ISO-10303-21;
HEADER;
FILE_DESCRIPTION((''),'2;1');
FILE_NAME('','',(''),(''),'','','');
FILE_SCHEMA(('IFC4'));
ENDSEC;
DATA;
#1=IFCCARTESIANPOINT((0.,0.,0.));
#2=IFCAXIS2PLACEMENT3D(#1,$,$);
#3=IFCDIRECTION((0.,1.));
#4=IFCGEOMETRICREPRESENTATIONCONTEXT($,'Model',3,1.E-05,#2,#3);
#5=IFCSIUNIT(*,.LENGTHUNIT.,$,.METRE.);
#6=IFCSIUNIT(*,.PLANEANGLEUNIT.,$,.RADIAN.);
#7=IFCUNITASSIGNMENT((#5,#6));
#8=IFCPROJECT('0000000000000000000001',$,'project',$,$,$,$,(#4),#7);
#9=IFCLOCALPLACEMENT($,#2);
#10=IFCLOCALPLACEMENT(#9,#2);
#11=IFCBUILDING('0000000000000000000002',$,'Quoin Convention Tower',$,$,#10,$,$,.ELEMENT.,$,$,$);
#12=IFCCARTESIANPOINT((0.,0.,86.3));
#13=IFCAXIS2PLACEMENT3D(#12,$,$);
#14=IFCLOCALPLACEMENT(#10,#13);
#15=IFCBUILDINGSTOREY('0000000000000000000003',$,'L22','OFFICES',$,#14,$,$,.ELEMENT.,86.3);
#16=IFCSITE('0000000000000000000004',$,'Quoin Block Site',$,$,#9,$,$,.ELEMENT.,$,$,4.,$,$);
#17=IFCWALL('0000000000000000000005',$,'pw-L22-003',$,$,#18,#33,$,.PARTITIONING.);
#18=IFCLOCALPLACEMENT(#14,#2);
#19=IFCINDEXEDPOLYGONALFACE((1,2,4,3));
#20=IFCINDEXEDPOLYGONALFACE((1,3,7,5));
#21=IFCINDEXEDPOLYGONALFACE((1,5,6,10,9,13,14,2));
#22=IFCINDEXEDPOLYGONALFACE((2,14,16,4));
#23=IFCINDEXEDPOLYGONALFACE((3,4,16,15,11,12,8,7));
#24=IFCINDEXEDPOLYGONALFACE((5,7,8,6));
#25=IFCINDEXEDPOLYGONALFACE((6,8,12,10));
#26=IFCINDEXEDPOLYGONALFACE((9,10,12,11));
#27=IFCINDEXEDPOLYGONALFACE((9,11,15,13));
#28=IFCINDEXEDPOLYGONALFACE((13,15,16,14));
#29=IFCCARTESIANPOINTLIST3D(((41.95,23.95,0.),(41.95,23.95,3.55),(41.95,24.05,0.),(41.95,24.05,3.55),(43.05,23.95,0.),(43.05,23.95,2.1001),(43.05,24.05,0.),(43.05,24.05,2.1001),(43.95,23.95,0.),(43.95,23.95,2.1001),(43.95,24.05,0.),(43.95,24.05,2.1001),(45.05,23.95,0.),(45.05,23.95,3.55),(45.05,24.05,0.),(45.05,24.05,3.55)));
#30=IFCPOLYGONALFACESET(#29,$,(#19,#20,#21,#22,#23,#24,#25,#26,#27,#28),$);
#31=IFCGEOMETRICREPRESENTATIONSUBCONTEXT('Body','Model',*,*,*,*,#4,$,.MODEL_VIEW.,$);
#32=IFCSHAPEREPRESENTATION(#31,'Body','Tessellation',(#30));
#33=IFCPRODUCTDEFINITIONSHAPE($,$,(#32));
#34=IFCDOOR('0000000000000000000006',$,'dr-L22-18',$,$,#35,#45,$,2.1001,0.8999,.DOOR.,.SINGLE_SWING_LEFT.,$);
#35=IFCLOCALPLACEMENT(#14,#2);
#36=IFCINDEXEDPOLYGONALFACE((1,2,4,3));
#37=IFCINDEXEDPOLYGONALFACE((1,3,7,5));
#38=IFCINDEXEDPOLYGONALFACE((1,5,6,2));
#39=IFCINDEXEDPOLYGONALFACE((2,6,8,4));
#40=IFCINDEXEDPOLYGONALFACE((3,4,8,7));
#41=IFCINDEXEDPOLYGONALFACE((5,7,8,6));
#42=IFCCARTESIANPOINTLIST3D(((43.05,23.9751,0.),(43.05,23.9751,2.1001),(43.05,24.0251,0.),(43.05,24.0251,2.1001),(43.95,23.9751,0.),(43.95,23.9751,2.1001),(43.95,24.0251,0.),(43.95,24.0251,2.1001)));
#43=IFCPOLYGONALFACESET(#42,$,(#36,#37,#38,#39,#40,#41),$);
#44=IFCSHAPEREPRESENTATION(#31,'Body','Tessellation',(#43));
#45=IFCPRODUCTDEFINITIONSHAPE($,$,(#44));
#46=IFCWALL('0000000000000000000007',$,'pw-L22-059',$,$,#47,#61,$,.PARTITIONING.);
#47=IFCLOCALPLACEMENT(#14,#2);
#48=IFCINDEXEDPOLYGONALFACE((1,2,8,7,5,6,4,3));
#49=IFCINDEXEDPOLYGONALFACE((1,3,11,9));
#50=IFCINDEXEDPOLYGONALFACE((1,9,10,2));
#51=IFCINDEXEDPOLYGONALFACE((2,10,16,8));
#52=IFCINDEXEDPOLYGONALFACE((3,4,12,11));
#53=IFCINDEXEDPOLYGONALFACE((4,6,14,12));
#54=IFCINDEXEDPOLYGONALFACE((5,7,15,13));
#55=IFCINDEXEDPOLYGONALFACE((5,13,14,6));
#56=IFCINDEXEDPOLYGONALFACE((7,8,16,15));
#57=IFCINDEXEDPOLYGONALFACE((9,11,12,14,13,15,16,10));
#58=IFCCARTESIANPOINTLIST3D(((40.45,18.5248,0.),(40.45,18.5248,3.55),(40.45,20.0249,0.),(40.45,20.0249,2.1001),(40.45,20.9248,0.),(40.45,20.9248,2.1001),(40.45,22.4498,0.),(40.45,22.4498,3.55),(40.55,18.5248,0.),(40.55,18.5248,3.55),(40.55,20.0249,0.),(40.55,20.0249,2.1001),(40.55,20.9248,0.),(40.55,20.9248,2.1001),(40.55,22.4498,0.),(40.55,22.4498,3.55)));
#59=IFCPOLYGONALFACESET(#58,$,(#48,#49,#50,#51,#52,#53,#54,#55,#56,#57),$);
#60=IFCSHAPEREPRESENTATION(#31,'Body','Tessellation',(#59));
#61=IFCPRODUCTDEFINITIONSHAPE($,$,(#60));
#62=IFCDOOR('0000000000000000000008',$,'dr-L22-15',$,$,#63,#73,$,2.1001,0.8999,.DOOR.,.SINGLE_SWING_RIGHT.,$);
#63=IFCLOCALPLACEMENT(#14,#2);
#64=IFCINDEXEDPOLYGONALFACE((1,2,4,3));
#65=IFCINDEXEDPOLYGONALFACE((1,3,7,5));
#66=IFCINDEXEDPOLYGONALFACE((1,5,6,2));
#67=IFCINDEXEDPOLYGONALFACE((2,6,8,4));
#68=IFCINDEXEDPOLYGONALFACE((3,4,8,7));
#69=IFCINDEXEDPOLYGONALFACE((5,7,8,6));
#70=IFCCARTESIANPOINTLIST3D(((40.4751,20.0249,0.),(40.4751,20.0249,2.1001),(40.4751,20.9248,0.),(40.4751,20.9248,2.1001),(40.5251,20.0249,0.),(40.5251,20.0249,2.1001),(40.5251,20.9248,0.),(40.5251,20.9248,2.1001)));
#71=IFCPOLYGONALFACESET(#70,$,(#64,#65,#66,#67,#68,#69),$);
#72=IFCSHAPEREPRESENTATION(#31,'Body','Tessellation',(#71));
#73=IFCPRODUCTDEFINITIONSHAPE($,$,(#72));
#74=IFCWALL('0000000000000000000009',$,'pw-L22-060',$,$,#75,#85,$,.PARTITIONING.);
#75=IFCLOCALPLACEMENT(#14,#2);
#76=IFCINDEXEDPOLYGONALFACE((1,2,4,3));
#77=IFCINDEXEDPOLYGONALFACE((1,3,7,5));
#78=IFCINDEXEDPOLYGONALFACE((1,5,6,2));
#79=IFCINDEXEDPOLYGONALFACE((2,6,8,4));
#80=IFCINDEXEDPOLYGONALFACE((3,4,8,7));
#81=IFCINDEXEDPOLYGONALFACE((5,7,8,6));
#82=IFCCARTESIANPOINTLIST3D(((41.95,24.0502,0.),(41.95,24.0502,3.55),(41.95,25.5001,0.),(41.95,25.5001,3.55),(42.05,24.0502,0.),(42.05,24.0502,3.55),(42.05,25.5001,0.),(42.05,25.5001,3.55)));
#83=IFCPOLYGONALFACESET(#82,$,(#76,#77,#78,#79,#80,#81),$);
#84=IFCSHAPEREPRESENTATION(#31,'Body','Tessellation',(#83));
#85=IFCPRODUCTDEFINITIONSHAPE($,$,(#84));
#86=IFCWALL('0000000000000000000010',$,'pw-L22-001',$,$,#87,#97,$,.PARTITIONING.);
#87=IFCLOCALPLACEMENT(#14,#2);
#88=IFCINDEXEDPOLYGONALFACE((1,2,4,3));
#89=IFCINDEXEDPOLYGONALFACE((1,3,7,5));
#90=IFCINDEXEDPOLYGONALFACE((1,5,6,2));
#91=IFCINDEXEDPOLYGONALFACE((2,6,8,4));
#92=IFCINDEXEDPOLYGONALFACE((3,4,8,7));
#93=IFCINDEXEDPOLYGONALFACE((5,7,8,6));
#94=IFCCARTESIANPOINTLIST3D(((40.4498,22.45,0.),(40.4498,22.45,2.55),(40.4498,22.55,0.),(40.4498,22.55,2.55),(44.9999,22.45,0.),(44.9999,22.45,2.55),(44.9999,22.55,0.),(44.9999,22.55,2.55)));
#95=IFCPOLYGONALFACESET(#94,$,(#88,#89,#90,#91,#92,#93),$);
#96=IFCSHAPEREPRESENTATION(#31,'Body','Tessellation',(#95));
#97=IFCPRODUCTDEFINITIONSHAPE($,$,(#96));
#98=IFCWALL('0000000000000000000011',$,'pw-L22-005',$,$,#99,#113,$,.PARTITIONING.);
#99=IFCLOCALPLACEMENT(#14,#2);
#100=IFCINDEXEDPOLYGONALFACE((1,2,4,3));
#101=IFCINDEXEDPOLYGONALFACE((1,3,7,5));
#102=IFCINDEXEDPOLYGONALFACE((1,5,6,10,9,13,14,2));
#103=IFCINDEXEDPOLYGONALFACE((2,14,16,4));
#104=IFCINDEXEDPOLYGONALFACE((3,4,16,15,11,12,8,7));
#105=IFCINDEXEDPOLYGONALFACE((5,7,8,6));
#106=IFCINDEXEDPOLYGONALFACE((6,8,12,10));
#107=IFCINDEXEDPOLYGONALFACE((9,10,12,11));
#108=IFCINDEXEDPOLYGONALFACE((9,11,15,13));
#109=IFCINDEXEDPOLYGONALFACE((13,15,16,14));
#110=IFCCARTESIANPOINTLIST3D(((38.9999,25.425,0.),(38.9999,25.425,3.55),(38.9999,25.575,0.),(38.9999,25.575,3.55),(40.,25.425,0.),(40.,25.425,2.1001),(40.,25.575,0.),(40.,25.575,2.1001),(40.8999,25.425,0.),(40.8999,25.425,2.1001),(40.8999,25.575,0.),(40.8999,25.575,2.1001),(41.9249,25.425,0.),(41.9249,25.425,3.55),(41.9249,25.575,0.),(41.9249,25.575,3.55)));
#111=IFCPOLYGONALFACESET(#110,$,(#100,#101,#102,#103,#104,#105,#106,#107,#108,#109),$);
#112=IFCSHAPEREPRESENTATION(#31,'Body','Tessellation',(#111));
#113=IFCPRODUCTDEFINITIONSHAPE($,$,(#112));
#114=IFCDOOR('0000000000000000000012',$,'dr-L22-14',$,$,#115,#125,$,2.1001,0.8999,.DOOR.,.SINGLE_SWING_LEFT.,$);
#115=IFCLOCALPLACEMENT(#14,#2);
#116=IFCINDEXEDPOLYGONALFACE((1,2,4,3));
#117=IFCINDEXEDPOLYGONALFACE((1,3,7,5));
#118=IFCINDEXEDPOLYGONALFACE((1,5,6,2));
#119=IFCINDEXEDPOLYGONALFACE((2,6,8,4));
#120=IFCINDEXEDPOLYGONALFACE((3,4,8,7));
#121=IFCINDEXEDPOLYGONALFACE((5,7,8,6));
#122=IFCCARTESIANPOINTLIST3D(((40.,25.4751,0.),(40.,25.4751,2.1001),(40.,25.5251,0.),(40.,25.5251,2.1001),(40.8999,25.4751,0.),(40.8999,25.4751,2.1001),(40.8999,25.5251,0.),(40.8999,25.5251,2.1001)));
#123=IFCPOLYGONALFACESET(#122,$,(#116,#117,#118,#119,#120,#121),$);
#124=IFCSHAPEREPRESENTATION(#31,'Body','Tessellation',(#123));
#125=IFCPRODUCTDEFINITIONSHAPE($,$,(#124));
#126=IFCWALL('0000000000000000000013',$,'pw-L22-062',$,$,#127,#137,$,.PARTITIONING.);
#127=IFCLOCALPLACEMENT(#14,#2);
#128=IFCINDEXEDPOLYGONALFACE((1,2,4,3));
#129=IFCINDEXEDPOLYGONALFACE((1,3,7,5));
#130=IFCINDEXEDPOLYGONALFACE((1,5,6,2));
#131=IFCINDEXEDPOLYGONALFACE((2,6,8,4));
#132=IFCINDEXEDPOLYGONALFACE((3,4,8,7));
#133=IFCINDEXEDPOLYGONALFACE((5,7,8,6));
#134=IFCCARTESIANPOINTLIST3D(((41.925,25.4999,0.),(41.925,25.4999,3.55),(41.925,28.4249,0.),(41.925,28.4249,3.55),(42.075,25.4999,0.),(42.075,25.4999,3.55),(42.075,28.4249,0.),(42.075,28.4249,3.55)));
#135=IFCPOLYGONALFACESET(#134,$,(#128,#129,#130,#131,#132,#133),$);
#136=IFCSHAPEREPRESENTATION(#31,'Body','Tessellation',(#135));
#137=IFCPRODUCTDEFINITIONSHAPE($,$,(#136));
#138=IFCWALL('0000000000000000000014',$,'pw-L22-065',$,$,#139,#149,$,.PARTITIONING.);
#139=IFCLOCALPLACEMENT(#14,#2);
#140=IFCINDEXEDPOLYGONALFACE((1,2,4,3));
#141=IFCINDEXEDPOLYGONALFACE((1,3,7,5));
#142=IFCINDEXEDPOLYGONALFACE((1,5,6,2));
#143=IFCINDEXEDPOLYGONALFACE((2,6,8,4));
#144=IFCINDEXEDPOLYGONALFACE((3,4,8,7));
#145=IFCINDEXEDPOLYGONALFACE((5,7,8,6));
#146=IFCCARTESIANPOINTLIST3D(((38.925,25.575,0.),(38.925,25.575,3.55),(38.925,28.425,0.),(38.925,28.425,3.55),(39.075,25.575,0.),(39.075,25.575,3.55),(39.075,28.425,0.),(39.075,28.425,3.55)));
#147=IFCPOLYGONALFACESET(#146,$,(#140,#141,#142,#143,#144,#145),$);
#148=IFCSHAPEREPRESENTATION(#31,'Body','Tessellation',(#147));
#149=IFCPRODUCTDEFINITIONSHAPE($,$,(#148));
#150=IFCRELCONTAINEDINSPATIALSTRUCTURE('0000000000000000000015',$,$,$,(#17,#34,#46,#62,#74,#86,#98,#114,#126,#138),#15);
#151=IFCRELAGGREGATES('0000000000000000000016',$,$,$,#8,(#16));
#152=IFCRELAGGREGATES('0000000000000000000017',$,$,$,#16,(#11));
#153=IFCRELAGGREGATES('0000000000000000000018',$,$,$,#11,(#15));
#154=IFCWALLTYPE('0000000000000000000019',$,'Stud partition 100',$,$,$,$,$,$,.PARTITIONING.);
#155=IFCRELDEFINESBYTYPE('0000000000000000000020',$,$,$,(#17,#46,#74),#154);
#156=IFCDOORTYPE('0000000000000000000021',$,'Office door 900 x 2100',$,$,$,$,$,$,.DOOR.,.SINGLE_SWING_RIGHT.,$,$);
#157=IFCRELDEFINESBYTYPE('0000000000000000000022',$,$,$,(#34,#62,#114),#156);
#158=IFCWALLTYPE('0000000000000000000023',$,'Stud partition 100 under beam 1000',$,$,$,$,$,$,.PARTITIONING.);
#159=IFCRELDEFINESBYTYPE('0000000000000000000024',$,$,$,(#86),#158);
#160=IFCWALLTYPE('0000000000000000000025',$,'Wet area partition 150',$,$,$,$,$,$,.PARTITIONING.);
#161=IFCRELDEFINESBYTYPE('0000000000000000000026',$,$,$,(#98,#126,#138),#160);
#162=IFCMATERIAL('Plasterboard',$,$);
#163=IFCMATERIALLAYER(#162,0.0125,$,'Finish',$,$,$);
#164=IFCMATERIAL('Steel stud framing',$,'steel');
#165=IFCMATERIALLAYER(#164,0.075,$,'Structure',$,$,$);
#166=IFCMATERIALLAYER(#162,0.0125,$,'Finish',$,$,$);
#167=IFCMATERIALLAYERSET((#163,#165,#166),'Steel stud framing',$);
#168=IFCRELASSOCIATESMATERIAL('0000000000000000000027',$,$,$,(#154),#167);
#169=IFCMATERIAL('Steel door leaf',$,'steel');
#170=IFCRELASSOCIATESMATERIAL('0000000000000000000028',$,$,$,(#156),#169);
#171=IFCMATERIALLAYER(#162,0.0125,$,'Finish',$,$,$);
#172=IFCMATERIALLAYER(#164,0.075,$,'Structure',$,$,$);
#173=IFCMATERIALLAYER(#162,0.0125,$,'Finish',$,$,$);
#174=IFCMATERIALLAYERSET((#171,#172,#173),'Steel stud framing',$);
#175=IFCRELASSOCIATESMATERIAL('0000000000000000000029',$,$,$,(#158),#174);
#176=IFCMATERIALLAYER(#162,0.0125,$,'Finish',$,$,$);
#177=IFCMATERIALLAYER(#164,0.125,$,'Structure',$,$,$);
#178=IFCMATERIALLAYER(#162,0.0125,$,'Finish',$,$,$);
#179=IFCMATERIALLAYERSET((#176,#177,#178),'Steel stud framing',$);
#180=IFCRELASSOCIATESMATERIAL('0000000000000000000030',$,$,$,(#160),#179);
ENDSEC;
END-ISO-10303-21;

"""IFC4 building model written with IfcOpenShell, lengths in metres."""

from ifc_helpers import new_model, si_unit, direction, frame, frame_2d, origin, place, context, subcontext, project, spatial, rectangle, extrude, material, layer, layer_set, type_object, element, fill, save


model = new_model("IFC4")

# Units and contexts
model_context = context("Model", 3, precision=1e-05, world=origin(), true_north=direction((0.0, 1.0)))
body_context = subcontext(model_context, "Body", "Model", "MODEL_VIEW")
ifc_project = project(units=[si_unit("LENGTHUNIT", "METRE"), si_unit("PLANEANGLEUNIT", "RADIAN")], contexts=[model_context])

# Site, building, storey
site_placement = place(None, origin())
site = spatial("IfcSite", under=ifc_project, at=site_placement, Name="Quoin Block Site", CompositionType="ELEMENT", RefElevation=4.0)
building_placement = place(site_placement, origin())
building = spatial("IfcBuilding", under=site, at=building_placement, Name="Quoin Convention Tower", CompositionType="ELEMENT")
storey_placement = place(building_placement, frame((0.0, 0.0, 86.3)))
storey = spatial("IfcBuildingStorey", under=building, at=storey_placement, Name="L22", Description="OFFICES", CompositionType="ELEMENT", Elevation=86.3)

# Shared definitions
ifc_material_1 = material(Name="Plasterboard")
ifc_material_2 = material(Name="Steel stud framing", Category="steel")

# Walls, openings, doors
ifc_material_3 = material(Name="Steel door leaf", Category="steel")
ifc_layer_1 = layer(ifc_material_1, 0.0125, Name="Finish")
ifc_layer_2 = layer(ifc_material_2, 0.075, Name="Structure")
ifc_layer_3 = layer(ifc_material_1, 0.0125, Name="Finish")
ifc_layer_set_1 = layer_set([ifc_layer_1, ifc_layer_2, ifc_layer_3], Name="Steel stud framing")
wall_type_1 = type_object("IfcWallType", Name="Stud partition 100", PredefinedType="PARTITIONING", material=ifc_layer_set_1)
wall_1_placement = place(storey_placement, frame((41.95, 24.0, 0.0), z_axis=(0.0, 0.0, 1.0), x_axis=(1.0, 0.0, 0.0)))
wall_1 = element("IfcWall", 1, at=wall_1_placement, inside=storey, type_object=wall_type_1, Name="pw-L22-003", PredefinedType="PARTITIONING", context=body_context, shape_type="SweptSolid", body=[
    extrude(rectangle(XDim=3.1001, YDim=0.1001, at=frame_2d((1.55, 0.0))), origin(), (0.0, 0.0, 1.0), 3.55),
])
opening_1_placement = place(wall_1_placement, frame((1.1001, 0.0, 0.0)))
opening_1 = element("IfcOpeningElement", 2, at=opening_1_placement, cuts=wall_1, PredefinedType="OPENING", context=body_context, shape_type="SweptSolid", body=[
    extrude(rectangle(XDim=0.8999, YDim=2.1001, at=frame_2d((0.45, 1.05))), frame((0.0, 0.0601, 0.0), z_axis=(0.0, -1.0, 0.0), x_axis=(1.0, 0.0, 0.0)), (0.0, 0.0, 1.0), 0.1201),
])
door_type_1 = type_object("IfcDoorType", Name="Office door 900 x 2100", OperationType="SINGLE_SWING_RIGHT", PredefinedType="DOOR", material=ifc_material_3)
door_1_placement = place(opening_1_placement, frame((0.8999, 0.0, 0.0), z_axis=(0.0, 0.0, 1.0), x_axis=(-1.0, 0.0, 0.0)))
door_1 = element("IfcDoor", 3, at=door_1_placement, inside=storey, type_object=door_type_1, Name="dr-L22-18", OperationType="SINGLE_SWING_LEFT", OverallHeight=2.1001, OverallWidth=0.8999, PredefinedType="DOOR", context=body_context, shape_type="SweptSolid", body=[
    extrude(rectangle(XDim=0.8999, YDim=2.1001, at=frame_2d((0.45, 1.05))), frame((0.0, 0.0249, 0.0), z_axis=(0.0, -1.0, 0.0), x_axis=(1.0, 0.0, 0.0)), (0.0, 0.0, 1.0), 0.05),
])
fill(opening_1, door_1)
wall_2_placement = place(storey_placement, frame((40.5, 18.5249, 0.0), z_axis=(0.0, 0.0, 1.0), x_axis=(0.0, 1.0, 0.0)))
wall_2 = element("IfcWall", 4, at=wall_2_placement, inside=storey, type_object=wall_type_1, Name="pw-L22-059", PredefinedType="PARTITIONING", context=body_context, shape_type="SweptSolid", body=[
    extrude(rectangle(XDim=3.925, YDim=0.1001, at=frame_2d((1.9624, 0.0))), origin(), (0.0, 0.0, 1.0), 3.55),
])
opening_2_placement = place(wall_2_placement, frame((1.5, 0.0, 0.0)))
opening_2 = element("IfcOpeningElement", 5, at=opening_2_placement, cuts=wall_2, PredefinedType="OPENING", context=body_context, shape_type="SweptSolid", body=[
    extrude(rectangle(XDim=0.8999, YDim=2.1001, at=frame_2d((0.45, 1.05))), frame((0.0, 0.0601, 0.0), z_axis=(0.0, -1.0, 0.0), x_axis=(1.0, 0.0, 0.0)), (0.0, 0.0, 1.0), 0.1201),
])
door_2_placement = place(opening_2_placement, origin())
door_2 = element("IfcDoor", 6, at=door_2_placement, inside=storey, type_object=door_type_1, Name="dr-L22-15", OperationType="SINGLE_SWING_RIGHT", OverallHeight=2.1001, OverallWidth=0.8999, PredefinedType="DOOR", context=body_context, shape_type="SweptSolid", body=[
    extrude(rectangle(XDim=0.8999, YDim=2.1001, at=frame_2d((0.45, 1.05))), frame((0.0, 0.0249, 0.0), z_axis=(0.0, -1.0, 0.0), x_axis=(1.0, 0.0, 0.0)), (0.0, 0.0, 1.0), 0.05),
])
fill(opening_2, door_2)

# Walls
wall_3_placement = place(storey_placement, frame((42.0, 24.05, 0.0), z_axis=(0.0, 0.0, 1.0), x_axis=(0.0, 1.0, 0.0)))
element("IfcWall", 7, at=wall_3_placement, inside=storey, type_object=wall_type_1, Name="pw-L22-060", PredefinedType="PARTITIONING", context=body_context, shape_type="SweptSolid", body=[
    extrude(rectangle(XDim=1.45, YDim=0.1001, at=frame_2d((0.7251, 0.0))), origin(), (0.0, 0.0, 1.0), 3.55),
])
ifc_layer_4 = layer(ifc_material_1, 0.0125, Name="Finish")
ifc_layer_5 = layer(ifc_material_2, 0.075, Name="Structure")
ifc_layer_6 = layer(ifc_material_1, 0.0125, Name="Finish")
ifc_layer_set_2 = layer_set([ifc_layer_4, ifc_layer_5, ifc_layer_6], Name="Steel stud framing")
wall_type_2 = type_object("IfcWallType", Name="Stud partition 100 under beam 1000", PredefinedType="PARTITIONING", material=ifc_layer_set_2)
wall_4_placement = place(storey_placement, frame((40.45, 22.5, 0.0), z_axis=(0.0, 0.0, 1.0), x_axis=(1.0, 0.0, 0.0)))
element("IfcWall", 8, at=wall_4_placement, inside=storey, type_object=wall_type_2, Name="pw-L22-001", PredefinedType="PARTITIONING", context=body_context, shape_type="SweptSolid", body=[
    extrude(rectangle(XDim=4.55, YDim=0.1001, at=frame_2d((2.2749, 0.0))), origin(), (0.0, 0.0, 1.0), 2.55),
])

# Wall, opening, door
ifc_layer_7 = layer(ifc_material_1, 0.0125, Name="Finish")
ifc_layer_8 = layer(ifc_material_2, 0.125, Name="Structure")
ifc_layer_9 = layer(ifc_material_1, 0.0125, Name="Finish")
ifc_layer_set_3 = layer_set([ifc_layer_7, ifc_layer_8, ifc_layer_9], Name="Steel stud framing")
wall_type_3 = type_object("IfcWallType", Name="Wet area partition 150", PredefinedType="PARTITIONING", material=ifc_layer_set_3)
wall_5_placement = place(storey_placement, frame((39.0, 25.5, 0.0), z_axis=(0.0, 0.0, 1.0), x_axis=(1.0, 0.0, 0.0)))
wall_5 = element("IfcWall", 9, at=wall_5_placement, inside=storey, type_object=wall_type_3, Name="pw-L22-005", PredefinedType="PARTITIONING", context=body_context, shape_type="SweptSolid", body=[
    extrude(rectangle(XDim=2.925, YDim=0.1499, at=frame_2d((1.4624, 0.0))), origin(), (0.0, 0.0, 1.0), 3.55),
])
opening_3_placement = place(wall_5_placement, frame((1.0, 0.0, 0.0)))
opening_3 = element("IfcOpeningElement", 10, at=opening_3_placement, cuts=wall_5, PredefinedType="OPENING", context=body_context, shape_type="SweptSolid", body=[
    extrude(rectangle(XDim=0.8999, YDim=2.1001, at=frame_2d((0.45, 1.05))), frame((0.0, 0.085, 0.0), z_axis=(0.0, -1.0, 0.0), x_axis=(1.0, 0.0, 0.0)), (0.0, 0.0, 1.0), 0.1699),
])
door_3_placement = place(opening_3_placement, frame((0.8999, 0.0, 0.0), z_axis=(0.0, 0.0, 1.0), x_axis=(-1.0, 0.0, 0.0)))
door_3 = element("IfcDoor", 11, at=door_3_placement, inside=storey, type_object=door_type_1, Name="dr-L22-14", OperationType="SINGLE_SWING_LEFT", OverallHeight=2.1001, OverallWidth=0.8999, PredefinedType="DOOR", context=body_context, shape_type="SweptSolid", body=[
    extrude(rectangle(XDim=0.8999, YDim=2.1001, at=frame_2d((0.45, 1.05))), frame((0.0, 0.0249, 0.0), z_axis=(0.0, -1.0, 0.0), x_axis=(1.0, 0.0, 0.0)), (0.0, 0.0, 1.0), 0.05),
])
fill(opening_3, door_3)

# Walls
wall_6_placement = place(storey_placement, frame((42.0, 25.5, 0.0), z_axis=(0.0, 0.0, 1.0), x_axis=(0.0, 1.0, 0.0)))
element("IfcWall", 12, at=wall_6_placement, inside=storey, type_object=wall_type_3, Name="pw-L22-062", PredefinedType="PARTITIONING", context=body_context, shape_type="SweptSolid", body=[
    extrude(rectangle(XDim=2.925, YDim=0.1499, at=frame_2d((1.4624, 0.0))), origin(), (0.0, 0.0, 1.0), 3.55),
])
wall_7_placement = place(storey_placement, frame((39.0, 25.575, 0.0), z_axis=(0.0, 0.0, 1.0), x_axis=(0.0, 1.0, 0.0)))
element("IfcWall", 13, at=wall_7_placement, inside=storey, type_object=wall_type_3, Name="pw-L22-065", PredefinedType="PARTITIONING", context=body_context, shape_type="SweptSolid", body=[
    extrude(rectangle(XDim=2.8501, YDim=0.1499, at=frame_2d((1.425, 0.0))), origin(), (0.0, 0.0, 1.0), 3.55),
])

save(model, "model.ifc")
